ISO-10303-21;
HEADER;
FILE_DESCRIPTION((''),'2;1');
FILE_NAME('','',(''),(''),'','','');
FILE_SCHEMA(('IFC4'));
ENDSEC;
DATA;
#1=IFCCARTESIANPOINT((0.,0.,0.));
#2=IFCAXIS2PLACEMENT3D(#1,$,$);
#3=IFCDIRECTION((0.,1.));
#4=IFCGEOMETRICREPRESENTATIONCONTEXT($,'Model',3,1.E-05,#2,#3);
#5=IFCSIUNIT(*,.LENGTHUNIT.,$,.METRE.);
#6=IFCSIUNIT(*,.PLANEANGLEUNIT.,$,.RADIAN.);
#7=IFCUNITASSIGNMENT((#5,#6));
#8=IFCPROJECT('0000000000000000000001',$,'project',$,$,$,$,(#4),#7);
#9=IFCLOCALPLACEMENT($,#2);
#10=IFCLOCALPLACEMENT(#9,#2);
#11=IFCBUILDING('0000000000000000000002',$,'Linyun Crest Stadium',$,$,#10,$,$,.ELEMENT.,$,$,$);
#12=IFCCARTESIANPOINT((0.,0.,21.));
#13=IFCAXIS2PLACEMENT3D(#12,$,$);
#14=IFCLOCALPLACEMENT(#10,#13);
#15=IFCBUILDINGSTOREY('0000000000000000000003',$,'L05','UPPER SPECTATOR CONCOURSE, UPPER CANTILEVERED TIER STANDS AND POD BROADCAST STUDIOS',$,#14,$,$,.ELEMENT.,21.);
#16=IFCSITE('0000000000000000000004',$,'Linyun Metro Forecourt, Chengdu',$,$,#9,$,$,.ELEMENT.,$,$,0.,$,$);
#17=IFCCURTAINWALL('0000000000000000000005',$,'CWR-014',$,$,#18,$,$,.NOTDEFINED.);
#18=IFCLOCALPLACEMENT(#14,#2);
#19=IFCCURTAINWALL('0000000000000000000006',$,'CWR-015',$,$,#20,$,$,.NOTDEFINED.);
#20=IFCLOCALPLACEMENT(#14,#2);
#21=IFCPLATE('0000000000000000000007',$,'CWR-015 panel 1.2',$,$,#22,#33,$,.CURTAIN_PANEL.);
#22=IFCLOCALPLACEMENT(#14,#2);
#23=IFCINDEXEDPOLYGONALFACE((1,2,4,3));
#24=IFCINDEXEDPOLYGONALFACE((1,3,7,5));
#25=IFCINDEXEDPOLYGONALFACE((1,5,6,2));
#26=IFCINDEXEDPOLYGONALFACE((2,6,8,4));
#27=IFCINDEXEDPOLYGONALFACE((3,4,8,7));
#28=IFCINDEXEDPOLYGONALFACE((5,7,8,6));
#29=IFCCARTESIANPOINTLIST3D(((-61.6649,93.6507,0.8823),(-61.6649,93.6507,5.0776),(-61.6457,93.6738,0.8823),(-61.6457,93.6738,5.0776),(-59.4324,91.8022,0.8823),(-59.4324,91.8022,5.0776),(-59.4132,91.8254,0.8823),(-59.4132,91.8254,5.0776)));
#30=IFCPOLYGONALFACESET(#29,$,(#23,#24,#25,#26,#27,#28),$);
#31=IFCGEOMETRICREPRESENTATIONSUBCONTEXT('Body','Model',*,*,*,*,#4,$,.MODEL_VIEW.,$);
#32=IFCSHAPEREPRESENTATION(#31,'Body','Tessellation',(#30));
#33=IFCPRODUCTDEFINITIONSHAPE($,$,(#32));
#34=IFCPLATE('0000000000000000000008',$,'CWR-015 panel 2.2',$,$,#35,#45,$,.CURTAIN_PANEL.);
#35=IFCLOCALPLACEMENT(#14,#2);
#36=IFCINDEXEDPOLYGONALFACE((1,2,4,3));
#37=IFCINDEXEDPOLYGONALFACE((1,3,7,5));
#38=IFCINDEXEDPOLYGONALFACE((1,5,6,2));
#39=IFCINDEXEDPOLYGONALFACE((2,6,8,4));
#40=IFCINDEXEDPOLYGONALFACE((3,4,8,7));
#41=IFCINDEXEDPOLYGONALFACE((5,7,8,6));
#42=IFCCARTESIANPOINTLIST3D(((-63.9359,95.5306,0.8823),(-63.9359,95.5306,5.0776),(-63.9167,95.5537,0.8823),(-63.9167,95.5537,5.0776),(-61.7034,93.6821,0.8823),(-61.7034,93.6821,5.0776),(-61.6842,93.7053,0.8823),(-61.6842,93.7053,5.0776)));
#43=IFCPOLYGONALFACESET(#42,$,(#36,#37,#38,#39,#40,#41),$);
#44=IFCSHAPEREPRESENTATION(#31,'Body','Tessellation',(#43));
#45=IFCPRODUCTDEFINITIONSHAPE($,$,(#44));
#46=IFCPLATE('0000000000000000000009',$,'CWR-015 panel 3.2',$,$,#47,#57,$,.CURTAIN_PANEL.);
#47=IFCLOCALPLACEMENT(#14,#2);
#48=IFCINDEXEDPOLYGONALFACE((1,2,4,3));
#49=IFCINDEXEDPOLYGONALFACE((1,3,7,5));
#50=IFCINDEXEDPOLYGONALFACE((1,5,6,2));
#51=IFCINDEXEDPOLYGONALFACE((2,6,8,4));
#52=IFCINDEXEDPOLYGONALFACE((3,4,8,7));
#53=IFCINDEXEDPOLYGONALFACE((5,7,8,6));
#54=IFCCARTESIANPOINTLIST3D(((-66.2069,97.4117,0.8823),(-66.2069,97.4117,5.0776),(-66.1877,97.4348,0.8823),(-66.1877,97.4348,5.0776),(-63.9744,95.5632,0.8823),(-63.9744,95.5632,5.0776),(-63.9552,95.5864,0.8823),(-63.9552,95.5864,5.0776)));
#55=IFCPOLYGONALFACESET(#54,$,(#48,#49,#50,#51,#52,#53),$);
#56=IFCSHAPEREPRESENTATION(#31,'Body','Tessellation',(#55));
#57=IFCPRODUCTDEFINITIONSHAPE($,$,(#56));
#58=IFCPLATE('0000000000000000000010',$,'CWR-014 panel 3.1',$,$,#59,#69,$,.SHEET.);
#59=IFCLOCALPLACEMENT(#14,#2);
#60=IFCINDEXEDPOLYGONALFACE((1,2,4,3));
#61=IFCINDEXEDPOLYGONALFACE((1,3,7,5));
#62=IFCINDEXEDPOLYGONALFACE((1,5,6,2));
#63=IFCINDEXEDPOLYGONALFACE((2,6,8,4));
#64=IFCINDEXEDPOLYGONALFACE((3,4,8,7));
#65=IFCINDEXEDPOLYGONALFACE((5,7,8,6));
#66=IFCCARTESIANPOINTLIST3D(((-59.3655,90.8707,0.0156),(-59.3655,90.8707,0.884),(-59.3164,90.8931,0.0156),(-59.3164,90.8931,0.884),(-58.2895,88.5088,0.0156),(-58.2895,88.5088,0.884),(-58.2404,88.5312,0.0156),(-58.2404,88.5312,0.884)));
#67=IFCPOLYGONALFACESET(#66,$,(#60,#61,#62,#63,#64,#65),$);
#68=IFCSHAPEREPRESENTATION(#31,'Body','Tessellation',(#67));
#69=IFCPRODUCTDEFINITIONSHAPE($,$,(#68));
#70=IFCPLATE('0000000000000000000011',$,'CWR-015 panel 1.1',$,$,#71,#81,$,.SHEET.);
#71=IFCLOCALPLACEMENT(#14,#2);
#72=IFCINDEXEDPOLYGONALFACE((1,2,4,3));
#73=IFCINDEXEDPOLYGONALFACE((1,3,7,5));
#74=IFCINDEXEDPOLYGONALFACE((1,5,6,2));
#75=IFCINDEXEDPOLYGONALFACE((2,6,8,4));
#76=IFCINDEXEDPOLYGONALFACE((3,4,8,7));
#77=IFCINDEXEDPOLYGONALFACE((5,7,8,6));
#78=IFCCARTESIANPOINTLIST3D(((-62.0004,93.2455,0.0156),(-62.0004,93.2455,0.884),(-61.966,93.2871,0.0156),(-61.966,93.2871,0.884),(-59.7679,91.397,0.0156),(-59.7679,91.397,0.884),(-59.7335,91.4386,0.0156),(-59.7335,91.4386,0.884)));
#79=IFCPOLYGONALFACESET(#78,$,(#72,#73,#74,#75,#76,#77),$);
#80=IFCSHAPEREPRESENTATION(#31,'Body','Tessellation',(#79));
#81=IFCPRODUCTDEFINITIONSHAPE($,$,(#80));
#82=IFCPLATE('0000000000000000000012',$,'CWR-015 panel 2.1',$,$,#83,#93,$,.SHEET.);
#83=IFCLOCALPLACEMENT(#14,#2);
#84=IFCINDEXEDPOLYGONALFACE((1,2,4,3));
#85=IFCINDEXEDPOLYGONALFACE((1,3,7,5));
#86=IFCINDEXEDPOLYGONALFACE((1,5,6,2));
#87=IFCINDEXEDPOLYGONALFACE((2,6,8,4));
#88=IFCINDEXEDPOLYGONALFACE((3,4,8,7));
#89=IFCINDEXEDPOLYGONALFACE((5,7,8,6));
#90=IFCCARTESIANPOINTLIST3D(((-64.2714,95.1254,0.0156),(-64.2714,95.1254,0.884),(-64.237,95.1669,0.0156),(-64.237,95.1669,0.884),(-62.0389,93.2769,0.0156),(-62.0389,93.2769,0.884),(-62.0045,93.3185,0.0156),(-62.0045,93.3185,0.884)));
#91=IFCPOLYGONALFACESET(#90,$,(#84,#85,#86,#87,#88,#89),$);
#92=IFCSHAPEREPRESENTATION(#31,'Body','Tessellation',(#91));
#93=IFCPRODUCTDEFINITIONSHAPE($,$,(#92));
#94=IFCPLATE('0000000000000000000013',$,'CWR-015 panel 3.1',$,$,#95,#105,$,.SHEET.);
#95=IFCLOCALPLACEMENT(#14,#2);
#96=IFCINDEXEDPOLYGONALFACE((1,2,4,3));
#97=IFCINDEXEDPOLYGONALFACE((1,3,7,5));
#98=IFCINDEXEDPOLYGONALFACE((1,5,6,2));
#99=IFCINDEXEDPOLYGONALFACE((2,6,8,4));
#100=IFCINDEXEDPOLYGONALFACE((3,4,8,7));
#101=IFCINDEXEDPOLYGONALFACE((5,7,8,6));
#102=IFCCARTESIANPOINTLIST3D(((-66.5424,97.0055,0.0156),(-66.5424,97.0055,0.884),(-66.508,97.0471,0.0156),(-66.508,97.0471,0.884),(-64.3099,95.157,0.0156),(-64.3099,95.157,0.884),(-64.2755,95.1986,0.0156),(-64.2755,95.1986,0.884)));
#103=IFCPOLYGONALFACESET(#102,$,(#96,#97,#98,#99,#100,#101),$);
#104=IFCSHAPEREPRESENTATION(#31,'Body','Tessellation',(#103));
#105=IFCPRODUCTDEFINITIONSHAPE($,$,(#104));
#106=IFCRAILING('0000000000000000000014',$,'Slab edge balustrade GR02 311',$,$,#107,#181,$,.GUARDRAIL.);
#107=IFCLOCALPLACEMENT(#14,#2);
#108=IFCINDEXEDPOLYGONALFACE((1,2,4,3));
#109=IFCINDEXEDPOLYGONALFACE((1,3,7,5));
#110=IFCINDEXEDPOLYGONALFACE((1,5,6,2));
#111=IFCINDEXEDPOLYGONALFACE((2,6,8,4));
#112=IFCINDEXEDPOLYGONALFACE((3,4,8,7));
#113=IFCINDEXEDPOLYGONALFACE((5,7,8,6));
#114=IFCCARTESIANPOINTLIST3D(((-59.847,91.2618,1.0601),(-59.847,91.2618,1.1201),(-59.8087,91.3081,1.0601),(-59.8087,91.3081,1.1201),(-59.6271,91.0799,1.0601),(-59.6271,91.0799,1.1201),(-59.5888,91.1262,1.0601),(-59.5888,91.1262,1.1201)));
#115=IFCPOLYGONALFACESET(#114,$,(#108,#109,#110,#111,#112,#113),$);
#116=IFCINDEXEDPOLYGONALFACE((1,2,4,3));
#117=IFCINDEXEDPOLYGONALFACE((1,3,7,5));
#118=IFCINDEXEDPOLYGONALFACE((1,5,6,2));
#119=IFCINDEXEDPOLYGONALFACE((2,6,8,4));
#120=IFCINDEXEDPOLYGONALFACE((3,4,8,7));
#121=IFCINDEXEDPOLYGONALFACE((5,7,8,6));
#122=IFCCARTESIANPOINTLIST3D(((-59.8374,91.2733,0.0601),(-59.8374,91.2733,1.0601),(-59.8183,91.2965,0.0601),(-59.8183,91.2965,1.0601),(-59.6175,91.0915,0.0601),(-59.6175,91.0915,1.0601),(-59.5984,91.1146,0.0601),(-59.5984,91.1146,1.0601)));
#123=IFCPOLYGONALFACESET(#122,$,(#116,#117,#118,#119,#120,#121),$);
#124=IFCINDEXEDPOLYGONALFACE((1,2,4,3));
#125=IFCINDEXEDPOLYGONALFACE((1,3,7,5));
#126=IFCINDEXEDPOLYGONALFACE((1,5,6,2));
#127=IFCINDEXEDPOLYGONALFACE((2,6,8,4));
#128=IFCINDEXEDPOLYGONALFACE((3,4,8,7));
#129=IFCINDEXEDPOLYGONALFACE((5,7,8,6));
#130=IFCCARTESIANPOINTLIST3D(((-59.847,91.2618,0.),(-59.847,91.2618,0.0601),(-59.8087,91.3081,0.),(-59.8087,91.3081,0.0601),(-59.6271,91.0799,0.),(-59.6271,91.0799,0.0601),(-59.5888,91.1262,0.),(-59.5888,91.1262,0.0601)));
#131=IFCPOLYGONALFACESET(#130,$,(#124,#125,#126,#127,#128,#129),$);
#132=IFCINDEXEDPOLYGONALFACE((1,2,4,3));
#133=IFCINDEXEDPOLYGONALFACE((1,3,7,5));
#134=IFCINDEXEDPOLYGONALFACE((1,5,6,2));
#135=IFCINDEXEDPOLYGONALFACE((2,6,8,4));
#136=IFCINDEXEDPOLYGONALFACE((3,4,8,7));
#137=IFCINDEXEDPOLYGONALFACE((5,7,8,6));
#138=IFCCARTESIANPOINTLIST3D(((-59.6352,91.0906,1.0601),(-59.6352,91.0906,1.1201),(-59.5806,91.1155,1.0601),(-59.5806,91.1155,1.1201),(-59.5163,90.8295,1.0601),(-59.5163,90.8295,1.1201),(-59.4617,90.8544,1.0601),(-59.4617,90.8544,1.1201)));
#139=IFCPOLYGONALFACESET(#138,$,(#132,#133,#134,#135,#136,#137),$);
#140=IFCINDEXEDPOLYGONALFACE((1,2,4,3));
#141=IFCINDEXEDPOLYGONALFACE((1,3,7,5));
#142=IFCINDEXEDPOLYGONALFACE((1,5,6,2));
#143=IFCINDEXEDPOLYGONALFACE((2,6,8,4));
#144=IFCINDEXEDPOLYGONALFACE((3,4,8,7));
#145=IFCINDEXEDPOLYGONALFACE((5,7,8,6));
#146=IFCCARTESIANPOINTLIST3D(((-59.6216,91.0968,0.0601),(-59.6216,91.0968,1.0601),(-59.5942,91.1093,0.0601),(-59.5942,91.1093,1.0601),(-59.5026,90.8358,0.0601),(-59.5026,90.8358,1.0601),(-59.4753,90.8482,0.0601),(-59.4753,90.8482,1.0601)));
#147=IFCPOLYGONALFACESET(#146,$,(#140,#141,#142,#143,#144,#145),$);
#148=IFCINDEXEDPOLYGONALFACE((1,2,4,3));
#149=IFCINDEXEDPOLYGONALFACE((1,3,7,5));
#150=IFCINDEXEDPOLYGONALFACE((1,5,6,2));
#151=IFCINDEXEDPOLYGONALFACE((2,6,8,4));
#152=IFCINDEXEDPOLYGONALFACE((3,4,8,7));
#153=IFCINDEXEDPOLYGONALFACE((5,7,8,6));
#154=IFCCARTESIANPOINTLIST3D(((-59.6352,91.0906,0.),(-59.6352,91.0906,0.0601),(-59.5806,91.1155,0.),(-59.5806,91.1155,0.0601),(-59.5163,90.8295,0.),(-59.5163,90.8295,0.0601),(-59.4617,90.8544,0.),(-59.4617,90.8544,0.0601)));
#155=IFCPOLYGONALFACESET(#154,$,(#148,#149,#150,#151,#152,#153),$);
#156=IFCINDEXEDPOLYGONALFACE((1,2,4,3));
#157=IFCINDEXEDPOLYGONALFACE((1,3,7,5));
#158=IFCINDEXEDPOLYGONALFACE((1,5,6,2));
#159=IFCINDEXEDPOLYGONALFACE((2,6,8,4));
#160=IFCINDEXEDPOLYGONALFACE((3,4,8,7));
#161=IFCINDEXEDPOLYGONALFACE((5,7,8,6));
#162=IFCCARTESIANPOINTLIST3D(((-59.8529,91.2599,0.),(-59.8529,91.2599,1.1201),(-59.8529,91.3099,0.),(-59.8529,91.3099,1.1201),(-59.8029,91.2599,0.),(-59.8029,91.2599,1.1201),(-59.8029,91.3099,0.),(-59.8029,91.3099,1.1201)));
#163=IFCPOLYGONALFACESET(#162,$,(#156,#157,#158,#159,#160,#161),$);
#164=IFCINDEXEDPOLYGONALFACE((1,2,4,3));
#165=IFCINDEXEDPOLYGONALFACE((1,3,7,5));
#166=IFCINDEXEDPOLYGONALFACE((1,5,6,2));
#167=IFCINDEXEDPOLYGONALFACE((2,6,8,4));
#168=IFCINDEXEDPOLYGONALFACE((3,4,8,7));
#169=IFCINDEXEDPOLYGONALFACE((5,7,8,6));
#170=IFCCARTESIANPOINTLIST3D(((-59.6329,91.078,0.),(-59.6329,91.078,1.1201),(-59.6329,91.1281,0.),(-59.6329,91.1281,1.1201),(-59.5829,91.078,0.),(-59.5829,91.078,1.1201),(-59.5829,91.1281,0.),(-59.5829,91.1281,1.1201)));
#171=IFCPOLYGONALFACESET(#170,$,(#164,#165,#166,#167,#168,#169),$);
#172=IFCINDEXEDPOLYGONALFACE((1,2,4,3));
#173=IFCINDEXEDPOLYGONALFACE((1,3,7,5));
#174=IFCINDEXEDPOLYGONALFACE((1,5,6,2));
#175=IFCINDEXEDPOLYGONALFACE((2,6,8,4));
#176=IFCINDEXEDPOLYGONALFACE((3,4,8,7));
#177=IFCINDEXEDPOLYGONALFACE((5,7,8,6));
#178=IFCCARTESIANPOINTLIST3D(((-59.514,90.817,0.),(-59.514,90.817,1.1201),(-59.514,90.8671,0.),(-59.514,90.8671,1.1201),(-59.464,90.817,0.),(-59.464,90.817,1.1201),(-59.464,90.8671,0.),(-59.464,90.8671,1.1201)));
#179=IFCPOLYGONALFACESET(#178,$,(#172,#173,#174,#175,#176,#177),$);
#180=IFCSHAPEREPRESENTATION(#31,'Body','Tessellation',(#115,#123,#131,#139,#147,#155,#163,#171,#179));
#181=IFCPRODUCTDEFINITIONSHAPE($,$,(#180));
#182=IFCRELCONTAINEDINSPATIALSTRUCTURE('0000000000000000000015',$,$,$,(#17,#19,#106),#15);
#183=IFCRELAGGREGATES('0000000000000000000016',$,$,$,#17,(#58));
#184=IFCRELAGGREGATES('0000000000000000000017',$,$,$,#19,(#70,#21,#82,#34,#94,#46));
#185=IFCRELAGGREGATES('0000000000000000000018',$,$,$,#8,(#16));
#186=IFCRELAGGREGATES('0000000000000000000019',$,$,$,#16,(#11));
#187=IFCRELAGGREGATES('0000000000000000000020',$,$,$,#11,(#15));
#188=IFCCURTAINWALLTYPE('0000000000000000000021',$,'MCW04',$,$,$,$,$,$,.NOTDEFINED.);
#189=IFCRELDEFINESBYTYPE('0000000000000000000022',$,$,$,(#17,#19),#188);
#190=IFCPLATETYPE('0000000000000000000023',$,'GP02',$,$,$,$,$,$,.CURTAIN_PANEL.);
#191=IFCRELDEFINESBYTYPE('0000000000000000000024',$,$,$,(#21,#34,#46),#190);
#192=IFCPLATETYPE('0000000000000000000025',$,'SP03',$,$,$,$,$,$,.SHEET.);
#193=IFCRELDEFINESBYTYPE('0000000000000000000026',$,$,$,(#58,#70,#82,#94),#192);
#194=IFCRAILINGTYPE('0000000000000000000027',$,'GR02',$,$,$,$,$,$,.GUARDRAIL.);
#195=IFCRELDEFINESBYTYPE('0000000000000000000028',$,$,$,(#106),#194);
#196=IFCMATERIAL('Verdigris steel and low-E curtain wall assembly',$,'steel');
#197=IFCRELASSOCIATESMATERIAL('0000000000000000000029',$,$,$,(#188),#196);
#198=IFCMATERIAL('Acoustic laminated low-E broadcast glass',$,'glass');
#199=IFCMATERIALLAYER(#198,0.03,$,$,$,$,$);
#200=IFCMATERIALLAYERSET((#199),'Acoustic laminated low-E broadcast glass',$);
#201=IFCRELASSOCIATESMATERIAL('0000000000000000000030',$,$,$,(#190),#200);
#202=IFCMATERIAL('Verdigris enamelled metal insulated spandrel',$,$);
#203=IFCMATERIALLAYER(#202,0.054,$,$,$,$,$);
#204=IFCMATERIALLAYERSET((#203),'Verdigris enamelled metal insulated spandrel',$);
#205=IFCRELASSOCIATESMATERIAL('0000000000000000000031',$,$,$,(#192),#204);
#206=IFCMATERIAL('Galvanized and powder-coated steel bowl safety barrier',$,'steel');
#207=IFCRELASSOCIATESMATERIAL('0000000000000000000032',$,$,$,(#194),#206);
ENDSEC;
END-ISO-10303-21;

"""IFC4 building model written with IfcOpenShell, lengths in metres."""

from ifc_helpers import new_model, si_unit, direction, frame, origin, origin_2d, place, context, subcontext, project, spatial, rectangle, extrude, material, layer, layer_set, type_object, element, aggregate, save


model = new_model("IFC4")

# Units and contexts
model_context = context("Model", 3, precision=1e-05, world=origin(), true_north=direction((0.0, 1.0)))
body_context = subcontext(model_context, "Body", "Model", "MODEL_VIEW")
ifc_project = project(units=[si_unit("LENGTHUNIT", "METRE"), si_unit("PLANEANGLEUNIT", "RADIAN")], contexts=[model_context])

# Site, building, storey
site_placement = place(None, origin())
site = spatial("IfcSite", under=ifc_project, at=site_placement, Name="Linyun Metro Forecourt, Chengdu", CompositionType="ELEMENT", RefElevation=0.0)
building_placement = place(site_placement, origin())
building = spatial("IfcBuilding", under=site, at=building_placement, Name="Linyun Crest Stadium", CompositionType="ELEMENT")
storey_placement = place(building_placement, frame((0.0, 0.0, 21.0)))
storey = spatial("IfcBuildingStorey", under=building, at=storey_placement, Name="L05", Description="UPPER SPECTATOR CONCOURSE, UPPER CANTILEVERED TIER STANDS AND POD BROADCAST STUDIOS", CompositionType="ELEMENT", Elevation=21.0)

# Curtain wall
ifc_material_1 = material(Name="Verdigris steel and low-E curtain wall assembly", Category="steel")
curtain_wall_type = type_object("IfcCurtainWallType", Name="MCW04", PredefinedType="NOTDEFINED", material=ifc_material_1)
curtain_wall_1_placement = place(storey_placement, origin())
curtain_wall_1 = element("IfcCurtainWall", 1, at=curtain_wall_1_placement, inside=storey, type_object=curtain_wall_type, Name="CWR-014", PredefinedType="NOTDEFINED")

# Curtain wall
curtain_wall_2_placement = place(storey_placement, origin())
curtain_wall_2 = element("IfcCurtainWall", 2, at=curtain_wall_2_placement, inside=storey, type_object=curtain_wall_type, Name="CWR-015", PredefinedType="NOTDEFINED")

# Plates
ifc_material_2 = material(Name="Acoustic laminated low-E broadcast glass", Category="glass")
ifc_layer_1 = layer(ifc_material_2, 0.03)
ifc_layer_set_1 = layer_set([ifc_layer_1], Name="Acoustic laminated low-E broadcast glass")
plate_type_1 = type_object("IfcPlateType", Name="GP02", PredefinedType="CURTAIN_PANEL", material=ifc_layer_set_1)
plate_1_placement = place(storey_placement, frame((-60.5391, 92.738, 0.8823), z_axis=(0.0, 0.0, 1.0), x_axis=(-0.770246, 0.637747, 0.0)))
plate_1 = element("IfcPlate", 3, at=plate_1_placement, type_object=plate_type_1, Name="CWR-015 panel 1.2", PredefinedType="CURTAIN_PANEL", context=body_context, shape_type="SweptSolid", body=[
    extrude(rectangle(XDim=2.8984, YDim=0.03, at=origin_2d()), origin(), (0.0, 0.0, 1.0), 4.1953),
])
plate_2_placement = place(storey_placement, frame((-62.8101, 94.6179, 0.8823), z_axis=(0.0, 0.0, 1.0), x_axis=(-0.770246, 0.637747, 0.0)))
plate_2 = element("IfcPlate", 4, at=plate_2_placement, type_object=plate_type_1, Name="CWR-015 panel 2.2", PredefinedType="CURTAIN_PANEL", context=body_context, shape_type="SweptSolid", body=[
    extrude(rectangle(XDim=2.8984, YDim=0.03, at=origin_2d()), origin(), (0.0, 0.0, 1.0), 4.1953),
])
plate_3_placement = place(storey_placement, frame((-65.0811, 96.499, 0.8823), z_axis=(0.0, 0.0, 1.0), x_axis=(-0.770246, 0.637747, 0.0)))
plate_3 = element("IfcPlate", 5, at=plate_3_placement, type_object=plate_type_1, Name="CWR-015 panel 3.2", PredefinedType="CURTAIN_PANEL", context=body_context, shape_type="SweptSolid", body=[
    extrude(rectangle(XDim=2.8984, YDim=0.03, at=origin_2d()), origin(), (0.0, 0.0, 1.0), 4.1953),
])
ifc_material_3 = material(Name="Verdigris enamelled metal insulated spandrel")
ifc_layer_2 = layer(ifc_material_3, 0.054)
ifc_layer_set_2 = layer_set([ifc_layer_2], Name="Verdigris enamelled metal insulated spandrel")
plate_type_2 = type_object("IfcPlateType", Name="SP03", PredefinedType="SHEET", material=ifc_layer_set_2)
plate_4_placement = place(storey_placement, frame((-58.803, 89.7009, 0.0156), z_axis=(0.0, 0.0, 1.0), x_axis=(-0.414566, 0.910019, 0.0)))
plate_4 = element("IfcPlate", 6, at=plate_4_placement, type_object=plate_type_2, Name="CWR-014 panel 3.1", PredefinedType="SHEET", context=body_context, shape_type="SweptSolid", body=[
    extrude(rectangle(XDim=2.5955, YDim=0.054, at=origin_2d()), origin(), (0.0, 0.0, 1.0), 0.8684),
])
aggregate(curtain_wall_1, [plate_4])
plate_5_placement = place(storey_placement, frame((-60.8669, 92.342, 0.0156), z_axis=(0.0, 0.0, 1.0), x_axis=(-0.770246, 0.637747, 0.0)))
plate_5 = element("IfcPlate", 7, at=plate_5_placement, type_object=plate_type_2, Name="CWR-015 panel 1.1", PredefinedType="SHEET", context=body_context, shape_type="SweptSolid", body=[
    extrude(rectangle(XDim=2.8984, YDim=0.054, at=origin_2d()), origin(), (0.0, 0.0, 1.0), 0.8684),
])
plate_6_placement = place(storey_placement, frame((-63.1379, 94.2219, 0.0156), z_axis=(0.0, 0.0, 1.0), x_axis=(-0.770246, 0.637747, 0.0)))
plate_6 = element("IfcPlate", 8, at=plate_6_placement, type_object=plate_type_2, Name="CWR-015 panel 2.1", PredefinedType="SHEET", context=body_context, shape_type="SweptSolid", body=[
    extrude(rectangle(XDim=2.8984, YDim=0.054, at=origin_2d()), origin(), (0.0, 0.0, 1.0), 0.8684),
])
plate_7_placement = place(storey_placement, frame((-65.4089, 96.1021, 0.0156), z_axis=(0.0, 0.0, 1.0), x_axis=(-0.770246, 0.637747, 0.0)))
plate_7 = element("IfcPlate", 9, at=plate_7_placement, type_object=plate_type_2, Name="CWR-015 panel 3.1", PredefinedType="SHEET", context=body_context, shape_type="SweptSolid", body=[
    extrude(rectangle(XDim=2.8984, YDim=0.054, at=origin_2d()), origin(), (0.0, 0.0, 1.0), 0.8684),
])
aggregate(curtain_wall_2, [plate_5, plate_1, plate_6, plate_2, plate_7, plate_3])

# Railing
ifc_material_4 = material(Name="Galvanized and powder-coated steel bowl safety barrier", Category="steel")
railing_type = type_object("IfcRailingType", Name="GR02", PredefinedType="GUARDRAIL", material=ifc_material_4)
railing_placement = place(storey_placement, frame((-59.8279, 91.2849, 0.0)))
element("IfcRailing", 10, at=railing_placement, inside=storey, type_object=railing_type, Name="Slab edge balustrade GR02 311", PredefinedType="GUARDRAIL", context=body_context, shape_type="SweptSolid", body=[
    extrude(rectangle(XDim=0.0601, YDim=0.0601, at=origin_2d()), frame((0.0, 0.0, 1.0901), z_axis=(0.77067, -0.637235, 0.0), x_axis=(0.637235, 0.77067, 0.0)), (0.0, 0.0, 1.0), 0.2854),
    extrude(rectangle(XDim=0.03, YDim=1.0, at=origin_2d()), frame((0.0, 0.0, 0.5601), z_axis=(0.77067, -0.637235, 0.0), x_axis=(0.637235, 0.77067, 0.0)), (0.0, 0.0, 1.0), 0.2854),
    extrude(rectangle(XDim=0.0601, YDim=0.0601, at=origin_2d()), frame((0.0, 0.0, 0.03), z_axis=(0.77067, -0.637235, 0.0), x_axis=(0.637235, 0.77067, 0.0)), (0.0, 0.0, 1.0), 0.2854),
    extrude(rectangle(XDim=0.0601, YDim=0.0601, at=origin_2d()), frame((0.22, -0.1819, 1.0901), z_axis=(0.414572, -0.910016, 0.0), x_axis=(0.910016, 0.414572, 0.0)), (0.0, 0.0, 1.0), 0.2869),
    extrude(rectangle(XDim=0.03, YDim=1.0, at=origin_2d()), frame((0.22, -0.1819, 0.5601), z_axis=(0.414572, -0.910016, 0.0), x_axis=(0.910016, 0.414572, 0.0)), (0.0, 0.0, 1.0), 0.2869),
    extrude(rectangle(XDim=0.0601, YDim=0.0601, at=origin_2d()), frame((0.22, -0.1819, 0.03), z_axis=(0.414572, -0.910016, 0.0), x_axis=(0.910016, 0.414572, 0.0)), (0.0, 0.0, 1.0), 0.2869),
    extrude(rectangle(XDim=0.05, YDim=0.05, at=origin_2d()), origin(), (0.0, 0.0, 1.0), 1.1201),
    extrude(rectangle(XDim=0.05, YDim=0.05, at=origin_2d()), frame((0.22, -0.1819, 0.0)), (0.0, 0.0, 1.0), 1.1201),
    extrude(rectangle(XDim=0.05, YDim=0.05, at=origin_2d()), frame((0.3389, -0.4429, 0.0)), (0.0, 0.0, 1.0), 1.1201),
])

save(model, "model.ifc")
